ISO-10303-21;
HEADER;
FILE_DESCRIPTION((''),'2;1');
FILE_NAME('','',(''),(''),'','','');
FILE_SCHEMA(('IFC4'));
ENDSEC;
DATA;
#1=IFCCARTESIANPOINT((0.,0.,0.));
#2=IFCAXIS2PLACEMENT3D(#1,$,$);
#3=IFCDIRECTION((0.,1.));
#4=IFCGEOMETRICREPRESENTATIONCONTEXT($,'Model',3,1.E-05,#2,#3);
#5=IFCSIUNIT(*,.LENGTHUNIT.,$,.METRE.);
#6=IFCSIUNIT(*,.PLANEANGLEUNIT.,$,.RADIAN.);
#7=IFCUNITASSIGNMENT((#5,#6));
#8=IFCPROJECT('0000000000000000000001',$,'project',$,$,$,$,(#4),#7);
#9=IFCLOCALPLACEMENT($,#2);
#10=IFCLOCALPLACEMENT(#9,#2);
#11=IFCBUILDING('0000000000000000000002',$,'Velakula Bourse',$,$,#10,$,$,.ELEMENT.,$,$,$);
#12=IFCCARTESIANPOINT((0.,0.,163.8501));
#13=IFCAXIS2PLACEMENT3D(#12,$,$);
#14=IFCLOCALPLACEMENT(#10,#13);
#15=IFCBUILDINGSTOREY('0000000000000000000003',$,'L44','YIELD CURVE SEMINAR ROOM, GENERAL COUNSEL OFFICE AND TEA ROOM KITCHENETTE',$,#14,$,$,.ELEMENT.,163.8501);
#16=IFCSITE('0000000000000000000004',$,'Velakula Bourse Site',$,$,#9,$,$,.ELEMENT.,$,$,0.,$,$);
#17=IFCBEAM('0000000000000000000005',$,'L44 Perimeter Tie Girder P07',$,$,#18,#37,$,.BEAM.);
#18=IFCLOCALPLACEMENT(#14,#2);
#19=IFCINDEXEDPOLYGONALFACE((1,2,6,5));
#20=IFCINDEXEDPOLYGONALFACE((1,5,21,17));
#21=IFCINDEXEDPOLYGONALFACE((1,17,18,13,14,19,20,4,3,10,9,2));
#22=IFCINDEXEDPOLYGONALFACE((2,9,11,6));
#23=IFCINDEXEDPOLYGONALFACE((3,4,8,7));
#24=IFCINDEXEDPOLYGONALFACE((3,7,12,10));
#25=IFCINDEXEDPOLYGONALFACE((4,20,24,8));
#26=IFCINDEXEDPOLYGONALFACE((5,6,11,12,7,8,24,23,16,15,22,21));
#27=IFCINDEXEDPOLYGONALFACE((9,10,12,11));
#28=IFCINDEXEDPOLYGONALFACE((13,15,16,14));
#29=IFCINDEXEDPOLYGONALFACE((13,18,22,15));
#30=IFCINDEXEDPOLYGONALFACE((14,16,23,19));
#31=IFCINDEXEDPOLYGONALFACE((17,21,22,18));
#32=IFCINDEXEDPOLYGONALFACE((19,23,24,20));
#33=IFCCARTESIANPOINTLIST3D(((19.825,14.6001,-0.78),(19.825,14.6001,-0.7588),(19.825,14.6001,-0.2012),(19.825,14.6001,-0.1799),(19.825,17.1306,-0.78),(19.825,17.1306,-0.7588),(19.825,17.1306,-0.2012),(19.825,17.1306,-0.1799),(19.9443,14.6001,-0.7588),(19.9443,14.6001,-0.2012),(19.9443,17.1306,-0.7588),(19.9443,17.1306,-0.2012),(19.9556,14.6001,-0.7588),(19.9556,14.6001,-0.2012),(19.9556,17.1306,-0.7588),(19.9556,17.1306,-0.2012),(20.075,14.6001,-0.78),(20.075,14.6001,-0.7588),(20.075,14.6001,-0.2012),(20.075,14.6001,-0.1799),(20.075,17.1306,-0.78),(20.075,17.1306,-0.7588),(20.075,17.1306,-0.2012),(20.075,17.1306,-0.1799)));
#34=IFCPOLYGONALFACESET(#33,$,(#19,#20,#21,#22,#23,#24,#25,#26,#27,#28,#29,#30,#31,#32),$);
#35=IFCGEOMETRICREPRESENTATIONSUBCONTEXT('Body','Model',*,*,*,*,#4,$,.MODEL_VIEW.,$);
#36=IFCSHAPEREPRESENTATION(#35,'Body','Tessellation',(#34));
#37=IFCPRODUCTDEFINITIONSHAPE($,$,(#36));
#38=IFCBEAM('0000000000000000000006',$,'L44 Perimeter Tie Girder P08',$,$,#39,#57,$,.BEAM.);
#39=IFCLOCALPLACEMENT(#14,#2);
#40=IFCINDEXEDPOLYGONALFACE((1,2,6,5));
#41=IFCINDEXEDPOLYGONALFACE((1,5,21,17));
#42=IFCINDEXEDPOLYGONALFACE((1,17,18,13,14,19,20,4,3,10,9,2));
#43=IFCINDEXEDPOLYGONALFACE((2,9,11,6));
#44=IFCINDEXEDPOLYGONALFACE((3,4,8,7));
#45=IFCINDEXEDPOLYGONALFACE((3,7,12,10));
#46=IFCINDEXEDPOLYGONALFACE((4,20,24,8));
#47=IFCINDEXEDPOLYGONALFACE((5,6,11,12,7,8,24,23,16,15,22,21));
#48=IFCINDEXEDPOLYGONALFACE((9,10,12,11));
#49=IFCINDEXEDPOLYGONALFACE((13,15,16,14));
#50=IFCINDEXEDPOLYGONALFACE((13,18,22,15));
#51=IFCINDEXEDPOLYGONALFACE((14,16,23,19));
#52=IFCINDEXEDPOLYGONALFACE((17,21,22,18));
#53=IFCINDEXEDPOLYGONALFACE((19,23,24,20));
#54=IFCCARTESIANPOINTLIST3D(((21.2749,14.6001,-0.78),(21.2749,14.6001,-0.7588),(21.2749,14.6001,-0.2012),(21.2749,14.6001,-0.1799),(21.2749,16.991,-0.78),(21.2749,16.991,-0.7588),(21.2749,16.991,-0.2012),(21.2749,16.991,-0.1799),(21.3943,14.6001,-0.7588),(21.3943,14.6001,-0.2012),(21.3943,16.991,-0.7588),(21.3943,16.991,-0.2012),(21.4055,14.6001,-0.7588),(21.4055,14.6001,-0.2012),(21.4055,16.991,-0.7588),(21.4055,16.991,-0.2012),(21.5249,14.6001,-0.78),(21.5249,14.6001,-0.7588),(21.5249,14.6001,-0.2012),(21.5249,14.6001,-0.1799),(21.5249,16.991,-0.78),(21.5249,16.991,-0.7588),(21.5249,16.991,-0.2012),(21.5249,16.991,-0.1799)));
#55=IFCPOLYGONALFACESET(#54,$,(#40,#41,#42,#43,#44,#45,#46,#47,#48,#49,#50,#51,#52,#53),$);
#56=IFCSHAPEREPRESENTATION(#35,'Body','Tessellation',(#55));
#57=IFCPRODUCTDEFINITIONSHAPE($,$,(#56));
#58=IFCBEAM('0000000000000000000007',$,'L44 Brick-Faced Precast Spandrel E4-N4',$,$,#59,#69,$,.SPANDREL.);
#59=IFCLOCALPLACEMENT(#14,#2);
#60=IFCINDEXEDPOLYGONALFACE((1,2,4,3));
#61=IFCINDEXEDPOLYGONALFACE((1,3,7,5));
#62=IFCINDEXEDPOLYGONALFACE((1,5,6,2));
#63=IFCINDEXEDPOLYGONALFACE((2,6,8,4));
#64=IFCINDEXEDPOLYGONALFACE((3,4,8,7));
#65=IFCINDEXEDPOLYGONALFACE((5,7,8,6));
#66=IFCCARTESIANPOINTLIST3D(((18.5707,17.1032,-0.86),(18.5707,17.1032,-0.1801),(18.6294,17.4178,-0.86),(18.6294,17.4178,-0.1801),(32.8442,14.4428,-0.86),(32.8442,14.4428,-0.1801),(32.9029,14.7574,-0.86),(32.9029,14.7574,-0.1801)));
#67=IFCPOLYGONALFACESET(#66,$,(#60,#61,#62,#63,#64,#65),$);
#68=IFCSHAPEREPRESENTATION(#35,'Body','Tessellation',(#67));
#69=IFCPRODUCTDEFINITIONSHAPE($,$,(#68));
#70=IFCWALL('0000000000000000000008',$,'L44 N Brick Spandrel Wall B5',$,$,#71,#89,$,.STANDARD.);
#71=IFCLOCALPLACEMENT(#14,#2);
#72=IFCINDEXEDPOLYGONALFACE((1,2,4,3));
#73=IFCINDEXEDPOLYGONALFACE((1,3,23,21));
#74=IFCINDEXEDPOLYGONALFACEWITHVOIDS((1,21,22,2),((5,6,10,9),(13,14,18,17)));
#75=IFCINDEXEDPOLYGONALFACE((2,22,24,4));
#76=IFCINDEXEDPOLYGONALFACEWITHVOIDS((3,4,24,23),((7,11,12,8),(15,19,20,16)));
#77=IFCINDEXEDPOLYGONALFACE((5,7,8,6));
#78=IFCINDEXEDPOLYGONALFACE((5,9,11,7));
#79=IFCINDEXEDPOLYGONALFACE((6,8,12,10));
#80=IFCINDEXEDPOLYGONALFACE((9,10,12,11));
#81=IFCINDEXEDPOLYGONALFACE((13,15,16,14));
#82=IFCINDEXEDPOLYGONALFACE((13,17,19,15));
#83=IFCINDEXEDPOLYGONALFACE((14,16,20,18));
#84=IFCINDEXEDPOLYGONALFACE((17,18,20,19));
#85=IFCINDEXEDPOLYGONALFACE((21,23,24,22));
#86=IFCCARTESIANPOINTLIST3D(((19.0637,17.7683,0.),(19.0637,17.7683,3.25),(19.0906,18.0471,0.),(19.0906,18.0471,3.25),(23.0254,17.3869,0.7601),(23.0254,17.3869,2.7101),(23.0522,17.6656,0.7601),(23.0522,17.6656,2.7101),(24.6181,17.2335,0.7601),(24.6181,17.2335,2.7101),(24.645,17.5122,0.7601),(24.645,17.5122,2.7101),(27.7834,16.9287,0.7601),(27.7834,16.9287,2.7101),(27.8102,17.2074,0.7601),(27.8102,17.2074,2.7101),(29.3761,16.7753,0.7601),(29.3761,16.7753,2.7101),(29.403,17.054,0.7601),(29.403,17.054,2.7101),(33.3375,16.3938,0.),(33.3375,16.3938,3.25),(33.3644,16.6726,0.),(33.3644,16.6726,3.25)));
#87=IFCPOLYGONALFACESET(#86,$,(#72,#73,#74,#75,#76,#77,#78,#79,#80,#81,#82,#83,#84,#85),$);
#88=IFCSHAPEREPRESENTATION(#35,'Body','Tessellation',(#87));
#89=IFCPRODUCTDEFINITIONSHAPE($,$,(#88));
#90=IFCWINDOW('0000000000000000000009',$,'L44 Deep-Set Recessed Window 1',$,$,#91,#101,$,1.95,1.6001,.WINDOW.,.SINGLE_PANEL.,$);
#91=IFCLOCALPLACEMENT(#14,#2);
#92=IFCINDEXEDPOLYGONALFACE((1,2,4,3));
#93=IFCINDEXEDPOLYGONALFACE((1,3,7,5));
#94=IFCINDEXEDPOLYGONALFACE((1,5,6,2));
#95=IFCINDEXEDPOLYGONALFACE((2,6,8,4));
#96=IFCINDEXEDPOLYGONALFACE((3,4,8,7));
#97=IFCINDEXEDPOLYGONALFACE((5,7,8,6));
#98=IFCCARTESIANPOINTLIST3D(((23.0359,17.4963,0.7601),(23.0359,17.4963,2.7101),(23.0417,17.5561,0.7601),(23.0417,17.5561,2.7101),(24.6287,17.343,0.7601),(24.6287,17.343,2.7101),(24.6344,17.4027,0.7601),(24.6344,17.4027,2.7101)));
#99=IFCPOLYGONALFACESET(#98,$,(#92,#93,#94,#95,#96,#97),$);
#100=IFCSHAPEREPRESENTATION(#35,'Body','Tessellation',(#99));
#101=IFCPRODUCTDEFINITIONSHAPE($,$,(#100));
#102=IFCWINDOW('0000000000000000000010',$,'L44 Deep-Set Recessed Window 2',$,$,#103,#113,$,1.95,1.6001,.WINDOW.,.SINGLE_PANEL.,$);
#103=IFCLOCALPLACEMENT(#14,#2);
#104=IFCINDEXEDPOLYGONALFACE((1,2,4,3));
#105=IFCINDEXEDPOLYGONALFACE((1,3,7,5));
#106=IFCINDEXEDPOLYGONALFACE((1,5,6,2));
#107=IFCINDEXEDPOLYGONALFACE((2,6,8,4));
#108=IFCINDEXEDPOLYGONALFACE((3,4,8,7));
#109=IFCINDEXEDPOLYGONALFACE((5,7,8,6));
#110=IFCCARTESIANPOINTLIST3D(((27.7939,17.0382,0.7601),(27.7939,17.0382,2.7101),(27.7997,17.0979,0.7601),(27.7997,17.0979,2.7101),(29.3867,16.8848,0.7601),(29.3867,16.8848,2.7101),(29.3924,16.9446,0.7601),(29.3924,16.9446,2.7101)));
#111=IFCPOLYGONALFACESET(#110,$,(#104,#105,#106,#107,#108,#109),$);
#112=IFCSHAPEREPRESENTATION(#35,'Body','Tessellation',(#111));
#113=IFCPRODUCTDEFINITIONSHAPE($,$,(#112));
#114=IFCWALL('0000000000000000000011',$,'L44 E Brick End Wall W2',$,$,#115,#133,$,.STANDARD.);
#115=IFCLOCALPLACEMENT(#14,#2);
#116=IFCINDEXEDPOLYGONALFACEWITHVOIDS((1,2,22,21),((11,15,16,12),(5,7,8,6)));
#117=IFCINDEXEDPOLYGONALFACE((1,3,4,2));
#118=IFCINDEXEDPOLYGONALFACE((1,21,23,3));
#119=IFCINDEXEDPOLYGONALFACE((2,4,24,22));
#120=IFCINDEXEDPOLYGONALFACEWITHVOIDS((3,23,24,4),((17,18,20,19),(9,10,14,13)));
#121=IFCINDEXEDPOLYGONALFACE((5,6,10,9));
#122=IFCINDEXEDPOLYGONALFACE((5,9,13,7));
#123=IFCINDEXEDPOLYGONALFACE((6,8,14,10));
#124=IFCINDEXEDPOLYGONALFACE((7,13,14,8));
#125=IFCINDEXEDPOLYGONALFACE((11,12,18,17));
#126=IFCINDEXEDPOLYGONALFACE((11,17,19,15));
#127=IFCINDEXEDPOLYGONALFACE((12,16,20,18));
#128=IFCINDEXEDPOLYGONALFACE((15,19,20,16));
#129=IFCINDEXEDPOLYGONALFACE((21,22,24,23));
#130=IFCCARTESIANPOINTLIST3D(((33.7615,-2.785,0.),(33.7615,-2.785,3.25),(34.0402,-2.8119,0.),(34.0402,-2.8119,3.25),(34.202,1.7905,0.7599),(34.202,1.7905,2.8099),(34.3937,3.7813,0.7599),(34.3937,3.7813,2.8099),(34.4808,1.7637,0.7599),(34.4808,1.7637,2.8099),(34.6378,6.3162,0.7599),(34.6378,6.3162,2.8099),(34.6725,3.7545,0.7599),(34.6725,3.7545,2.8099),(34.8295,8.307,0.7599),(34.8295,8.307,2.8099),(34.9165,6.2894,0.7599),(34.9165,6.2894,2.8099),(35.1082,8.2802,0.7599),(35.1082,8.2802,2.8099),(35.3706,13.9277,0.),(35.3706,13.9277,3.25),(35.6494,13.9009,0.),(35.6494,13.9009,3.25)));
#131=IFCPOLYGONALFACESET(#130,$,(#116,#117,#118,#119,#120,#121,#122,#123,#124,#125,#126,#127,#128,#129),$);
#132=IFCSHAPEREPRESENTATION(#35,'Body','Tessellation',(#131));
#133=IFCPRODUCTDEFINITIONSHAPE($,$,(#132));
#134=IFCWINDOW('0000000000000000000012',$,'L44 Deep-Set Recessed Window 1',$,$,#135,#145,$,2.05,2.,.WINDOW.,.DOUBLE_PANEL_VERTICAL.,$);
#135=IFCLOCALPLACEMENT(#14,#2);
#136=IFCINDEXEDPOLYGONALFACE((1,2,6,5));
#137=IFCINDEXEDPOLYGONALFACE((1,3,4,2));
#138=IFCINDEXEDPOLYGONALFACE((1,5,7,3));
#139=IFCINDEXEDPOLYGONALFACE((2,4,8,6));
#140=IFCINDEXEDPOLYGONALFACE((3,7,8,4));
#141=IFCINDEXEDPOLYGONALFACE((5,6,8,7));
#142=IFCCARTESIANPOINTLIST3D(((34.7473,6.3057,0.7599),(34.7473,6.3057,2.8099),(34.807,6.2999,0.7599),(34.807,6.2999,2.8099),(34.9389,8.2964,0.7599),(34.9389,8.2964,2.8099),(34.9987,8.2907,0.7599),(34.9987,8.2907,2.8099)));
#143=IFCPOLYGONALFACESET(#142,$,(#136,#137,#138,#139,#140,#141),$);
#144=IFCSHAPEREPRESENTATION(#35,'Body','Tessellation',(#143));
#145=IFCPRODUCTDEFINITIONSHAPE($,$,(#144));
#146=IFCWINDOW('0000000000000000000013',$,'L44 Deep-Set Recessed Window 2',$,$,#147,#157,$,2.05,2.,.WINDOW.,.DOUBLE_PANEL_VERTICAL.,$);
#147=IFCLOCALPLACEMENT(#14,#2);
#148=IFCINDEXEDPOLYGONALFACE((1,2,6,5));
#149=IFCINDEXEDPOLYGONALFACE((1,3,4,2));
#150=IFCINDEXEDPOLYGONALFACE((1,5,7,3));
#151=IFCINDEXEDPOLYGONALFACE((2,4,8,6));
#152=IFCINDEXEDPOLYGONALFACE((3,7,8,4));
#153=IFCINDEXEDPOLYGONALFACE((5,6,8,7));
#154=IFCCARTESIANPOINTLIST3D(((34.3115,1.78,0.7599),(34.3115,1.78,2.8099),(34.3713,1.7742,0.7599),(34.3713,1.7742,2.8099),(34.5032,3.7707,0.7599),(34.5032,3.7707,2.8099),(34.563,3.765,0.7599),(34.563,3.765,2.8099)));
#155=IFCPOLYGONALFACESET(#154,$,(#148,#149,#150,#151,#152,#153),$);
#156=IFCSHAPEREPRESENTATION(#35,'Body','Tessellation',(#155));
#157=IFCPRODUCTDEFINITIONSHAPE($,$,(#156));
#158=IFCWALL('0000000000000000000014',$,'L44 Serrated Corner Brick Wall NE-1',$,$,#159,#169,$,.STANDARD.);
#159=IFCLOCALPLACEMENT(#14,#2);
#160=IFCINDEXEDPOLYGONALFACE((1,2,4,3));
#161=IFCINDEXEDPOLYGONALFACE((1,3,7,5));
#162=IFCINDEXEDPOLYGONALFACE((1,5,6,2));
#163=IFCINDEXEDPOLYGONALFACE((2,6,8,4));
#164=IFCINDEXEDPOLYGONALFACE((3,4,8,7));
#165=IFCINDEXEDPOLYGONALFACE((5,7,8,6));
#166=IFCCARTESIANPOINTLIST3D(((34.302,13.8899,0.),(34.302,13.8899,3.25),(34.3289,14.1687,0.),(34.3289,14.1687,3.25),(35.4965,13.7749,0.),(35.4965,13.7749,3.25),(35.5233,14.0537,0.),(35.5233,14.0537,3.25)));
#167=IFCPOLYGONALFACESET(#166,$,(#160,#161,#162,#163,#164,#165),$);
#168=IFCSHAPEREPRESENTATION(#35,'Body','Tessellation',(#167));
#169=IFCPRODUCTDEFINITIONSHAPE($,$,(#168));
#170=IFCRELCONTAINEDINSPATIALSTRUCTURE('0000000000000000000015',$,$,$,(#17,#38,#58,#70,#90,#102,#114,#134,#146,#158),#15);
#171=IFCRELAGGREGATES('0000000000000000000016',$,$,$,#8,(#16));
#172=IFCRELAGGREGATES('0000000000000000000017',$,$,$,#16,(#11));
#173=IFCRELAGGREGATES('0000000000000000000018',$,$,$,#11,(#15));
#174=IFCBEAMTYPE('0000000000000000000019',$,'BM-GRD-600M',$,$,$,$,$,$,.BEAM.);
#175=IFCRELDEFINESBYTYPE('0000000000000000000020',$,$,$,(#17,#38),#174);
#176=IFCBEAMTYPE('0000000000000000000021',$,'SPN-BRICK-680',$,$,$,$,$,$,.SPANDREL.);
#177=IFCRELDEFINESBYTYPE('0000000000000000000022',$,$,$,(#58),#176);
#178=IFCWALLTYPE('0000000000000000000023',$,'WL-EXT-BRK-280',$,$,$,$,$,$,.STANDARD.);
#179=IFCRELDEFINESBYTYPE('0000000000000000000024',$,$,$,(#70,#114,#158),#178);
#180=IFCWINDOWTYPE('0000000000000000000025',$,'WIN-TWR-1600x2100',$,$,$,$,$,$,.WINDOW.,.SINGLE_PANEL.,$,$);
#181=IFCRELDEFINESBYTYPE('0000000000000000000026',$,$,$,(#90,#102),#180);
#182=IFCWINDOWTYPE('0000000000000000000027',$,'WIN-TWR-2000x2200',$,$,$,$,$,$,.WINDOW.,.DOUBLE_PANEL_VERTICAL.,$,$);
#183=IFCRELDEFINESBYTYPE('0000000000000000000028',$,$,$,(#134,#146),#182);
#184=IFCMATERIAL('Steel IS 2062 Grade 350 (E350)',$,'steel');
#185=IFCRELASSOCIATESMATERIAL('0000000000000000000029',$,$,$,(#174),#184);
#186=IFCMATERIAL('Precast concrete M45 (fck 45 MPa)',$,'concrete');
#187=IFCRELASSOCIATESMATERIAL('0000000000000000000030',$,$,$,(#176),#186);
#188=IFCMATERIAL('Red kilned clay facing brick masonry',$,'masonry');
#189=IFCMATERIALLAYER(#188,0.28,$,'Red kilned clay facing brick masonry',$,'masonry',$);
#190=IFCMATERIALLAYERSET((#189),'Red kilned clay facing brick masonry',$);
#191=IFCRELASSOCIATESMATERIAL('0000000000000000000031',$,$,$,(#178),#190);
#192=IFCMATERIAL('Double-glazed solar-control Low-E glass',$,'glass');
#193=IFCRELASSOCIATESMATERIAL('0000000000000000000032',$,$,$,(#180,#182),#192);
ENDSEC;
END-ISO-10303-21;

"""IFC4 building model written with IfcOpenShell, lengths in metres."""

from ifc_helpers import new_model, si_unit, direction, frame, frame_2d, origin, origin_2d, place, context, subcontext, project, spatial, rectangle, i_section, extrude, material, layer, layer_set, material_profile, profile_set, type_object, element, fill, save


model = new_model("IFC4")

# Units and contexts
model_context = context("Model", 3, precision=1e-05, world=origin(), true_north=direction((0.0, 1.0)))
body_context = subcontext(model_context, "Body", "Model", "MODEL_VIEW")
ifc_project = project(units=[si_unit("LENGTHUNIT", "METRE"), si_unit("PLANEANGLEUNIT", "RADIAN")], contexts=[model_context])

# Site, building, storey
site_placement = place(None, origin())
site = spatial("IfcSite", under=ifc_project, at=site_placement, Name="Velakula Bourse Site", CompositionType="ELEMENT", RefElevation=0.0)
building_placement = place(site_placement, origin())
building = spatial("IfcBuilding", under=site, at=building_placement, Name="Velakula Bourse", CompositionType="ELEMENT")
storey_placement = place(building_placement, frame((0.0, 0.0, 163.8501)))
storey = spatial("IfcBuildingStorey", under=building, at=storey_placement, Name="L44", Description="YIELD CURVE SEMINAR ROOM, GENERAL COUNSEL OFFICE AND TEA ROOM KITCHENETTE", CompositionType="ELEMENT", Elevation=163.8501)

# Shared definitions
ifc_material_1 = material(Name="Steel IS 2062 Grade 350 (E350)", Category="steel")
ifc_material_2 = material(Name="Precast concrete M45 (fck 45 MPa)", Category="concrete")

# Beams
ifc_material_profile_1 = material_profile(ifc_material_1, i_section(OverallWidth=0.25, OverallDepth=0.6001, WebThickness=0.0112, FlangeThickness=0.0212, at=origin_2d()), Name="Steel IS 2062 Grade 350 (E350)")
ifc_profile_set_1 = profile_set([ifc_material_profile_1], Name="Steel IS 2062 Grade 350 (E350)")
beam_type_1 = type_object("IfcBeamType", Name="BM-GRD-600M", PredefinedType="BEAM", material=ifc_profile_set_1)
beam_1_placement = place(storey_placement, frame((19.95, 14.6001, -0.48), z_axis=(0.0, 1.0, 0.0), x_axis=(-1.0, 0.0, 0.0)))
element("IfcBeam", 1, at=beam_1_placement, inside=storey, type_object=beam_type_1, Name="L44 Perimeter Tie Girder P07", PredefinedType="BEAM", context=body_context, shape_type="SweptSolid", body=[
    extrude(i_section(OverallWidth=0.25, OverallDepth=0.6001, WebThickness=0.0112, FlangeThickness=0.0212, at=origin_2d()), origin(), (0.0, 0.0, 1.0), 2.5305),
])
beam_2_placement = place(storey_placement, frame((21.3999, 14.6001, -0.48), z_axis=(0.0, 1.0, 0.0), x_axis=(-1.0, 0.0, 0.0)))
element("IfcBeam", 2, at=beam_2_placement, inside=storey, type_object=beam_type_1, Name="L44 Perimeter Tie Girder P08", PredefinedType="BEAM", context=body_context, shape_type="SweptSolid", body=[
    extrude(i_section(OverallWidth=0.25, OverallDepth=0.6001, WebThickness=0.0112, FlangeThickness=0.0212, at=origin_2d()), origin(), (0.0, 0.0, 1.0), 2.3909),
])
ifc_material_profile_2 = material_profile(ifc_material_2, rectangle(XDim=0.3201, YDim=0.6799, at=origin_2d()), Name="Precast concrete M45 (fck 45 MPa)")
ifc_profile_set_2 = profile_set([ifc_material_profile_2], Name="Precast concrete M45 (fck 45 MPa)")
beam_type_2 = type_object("IfcBeamType", Name="SPN-BRICK-680", PredefinedType="SPANDREL", material=ifc_profile_set_2)
beam_3_placement = place(storey_placement, frame((32.8735, 14.6001, -0.52), z_axis=(-0.98307, 0.183233, 0.0), x_axis=(-0.183233, -0.98307, 0.0)))
element("IfcBeam", 3, at=beam_3_placement, inside=storey, type_object=beam_type_2, Name="L44 Brick-Faced Precast Spandrel E4-N4", PredefinedType="SPANDREL", context=body_context, shape_type="SweptSolid", body=[
    extrude(rectangle(XDim=0.3201, YDim=0.6799, at=origin_2d()), origin(), (0.0, 0.0, 1.0), 14.5193),
])

# Walls, openings, windows
ifc_material_3 = material(Name="Red kilned clay facing brick masonry", Category="masonry")
ifc_layer = layer(ifc_material_3, 0.28, Name="Red kilned clay facing brick masonry", Category="masonry")
ifc_layer_set = layer_set([ifc_layer], Name="Red kilned clay facing brick masonry")
wall_type = type_object("IfcWallType", Name="WL-EXT-BRK-280", PredefinedType="STANDARD", material=ifc_layer_set)
wall_1_placement = place(storey_placement, frame((19.0771, 17.9077, 0.0), z_axis=(0.0, 0.0, 1.0), x_axis=(0.995396, -0.095852, 0.0)))
wall_1 = element("IfcWall", 4, at=wall_1_placement, inside=storey, type_object=wall_type, Name="L44 N Brick Spandrel Wall B5", PredefinedType="STANDARD", context=body_context, shape_type="SweptSolid", body=[
    extrude(rectangle(XDim=14.3398, YDim=0.28, at=frame_2d((7.1699, 0.0))), origin(), (0.0, 0.0, 1.0), 3.25),
])
opening_1_placement = place(wall_1_placement, frame((3.98, 0.0, 0.76)))
opening_1 = element("IfcOpeningElement", 5, at=opening_1_placement, cuts=wall_1, PredefinedType="OPENING", context=body_context, shape_type="SweptSolid", body=[
    extrude(rectangle(XDim=1.6001, YDim=1.95, at=frame_2d((0.8, 0.9751))), frame((0.0, 0.1499, 0.0), z_axis=(0.0, -1.0, 0.0), x_axis=(1.0, 0.0, 0.0)), (0.0, 0.0, 1.0), 0.3),
])
opening_2_placement = place(wall_1_placement, frame((8.76, 0.0, 0.76)))
opening_2 = element("IfcOpeningElement", 6, at=opening_2_placement, cuts=wall_1, PredefinedType="OPENING", context=body_context, shape_type="SweptSolid", body=[
    extrude(rectangle(XDim=1.6001, YDim=1.95, at=frame_2d((0.8, 0.9751))), frame((0.0, 0.1499, 0.0), z_axis=(0.0, -1.0, 0.0), x_axis=(1.0, 0.0, 0.0)), (0.0, 0.0, 1.0), 0.3),
])
ifc_material_4 = material(Name="Double-glazed solar-control Low-E glass", Category="glass")
window_type_1 = type_object("IfcWindowType", Name="WIN-TWR-1600x2100", PartitioningType="SINGLE_PANEL", PredefinedType="WINDOW", material=ifc_material_4)
window_1_placement = place(opening_1_placement, origin())
window_1 = element("IfcWindow", 7, at=window_1_placement, inside=storey, type_object=window_type_1, Name="L44 Deep-Set Recessed Window 1", OverallHeight=1.95, OverallWidth=1.6001, PartitioningType="SINGLE_PANEL", PredefinedType="WINDOW", context=body_context, shape_type="SweptSolid", body=[
    extrude(rectangle(XDim=1.6001, YDim=1.95, at=frame_2d((0.8, 0.9751))), frame((0.0, 0.03, 0.0), z_axis=(0.0, -1.0, 0.0), x_axis=(1.0, 0.0, 0.0)), (0.0, 0.0, 1.0), 0.0601),
])
fill(opening_1, window_1)
window_2_placement = place(opening_2_placement, origin())
window_2 = element("IfcWindow", 8, at=window_2_placement, inside=storey, type_object=window_type_1, Name="L44 Deep-Set Recessed Window 2", OverallHeight=1.95, OverallWidth=1.6001, PartitioningType="SINGLE_PANEL", PredefinedType="WINDOW", context=body_context, shape_type="SweptSolid", body=[
    extrude(rectangle(XDim=1.6001, YDim=1.95, at=frame_2d((0.8, 0.9751))), frame((0.0, 0.03, 0.0), z_axis=(0.0, -1.0, 0.0), x_axis=(1.0, 0.0, 0.0)), (0.0, 0.0, 1.0), 0.0601),
])
fill(opening_2, window_2)
wall_2_placement = place(storey_placement, frame((35.51, 13.9143, 0.0), z_axis=(0.0, 0.0, 1.0), x_axis=(-0.095839, -0.995397, 0.0)))
wall_2 = element("IfcWall", 9, at=wall_2_placement, inside=storey, type_object=wall_type, Name="L44 E Brick End Wall W2", PredefinedType="STANDARD", context=body_context, shape_type="SweptSolid", body=[
    extrude(rectangle(XDim=16.79, YDim=0.28, at=frame_2d((8.395, 0.0))), origin(), (0.0, 0.0, 1.0), 3.25),
])
opening_3_placement = place(wall_2_placement, frame((5.6467, 0.0, 0.76)))
opening_3 = element("IfcOpeningElement", 10, at=opening_3_placement, cuts=wall_2, PredefinedType="OPENING", context=body_context, shape_type="SweptSolid", body=[
    extrude(rectangle(XDim=2.0, YDim=2.05, at=frame_2d((1.0, 1.0249))), frame((0.0, 0.1499, 0.0), z_axis=(0.0, -1.0, 0.0), x_axis=(1.0, 0.0, 0.0)), (0.0, 0.0, 1.0), 0.3),
])
opening_4_placement = place(wall_2_placement, frame((10.1934, 0.0, 0.76)))
opening_4 = element("IfcOpeningElement", 11, at=opening_4_placement, cuts=wall_2, PredefinedType="OPENING", context=body_context, shape_type="SweptSolid", body=[
    extrude(rectangle(XDim=2.0, YDim=2.05, at=frame_2d((1.0, 1.0249))), frame((0.0, 0.1499, 0.0), z_axis=(0.0, -1.0, 0.0), x_axis=(1.0, 0.0, 0.0)), (0.0, 0.0, 1.0), 0.3),
])
window_type_2 = type_object("IfcWindowType", Name="WIN-TWR-2000x2200", PartitioningType="DOUBLE_PANEL_VERTICAL", PredefinedType="WINDOW", material=ifc_material_4)
window_3_placement = place(opening_3_placement, origin())
window_3 = element("IfcWindow", 12, at=window_3_placement, inside=storey, type_object=window_type_2, Name="L44 Deep-Set Recessed Window 1", OverallHeight=2.05, OverallWidth=2.0, PartitioningType="DOUBLE_PANEL_VERTICAL", PredefinedType="WINDOW", context=body_context, shape_type="SweptSolid", body=[
    extrude(rectangle(XDim=2.0, YDim=2.05, at=frame_2d((1.0, 1.0249))), frame((0.0, 0.03, 0.0), z_axis=(0.0, -1.0, 0.0), x_axis=(1.0, 0.0, 0.0)), (0.0, 0.0, 1.0), 0.0601),
])
fill(opening_3, window_3)
window_4_placement = place(opening_4_placement, origin())
window_4 = element("IfcWindow", 13, at=window_4_placement, inside=storey, type_object=window_type_2, Name="L44 Deep-Set Recessed Window 2", OverallHeight=2.05, OverallWidth=2.0, PartitioningType="DOUBLE_PANEL_VERTICAL", PredefinedType="WINDOW", context=body_context, shape_type="SweptSolid", body=[
    extrude(rectangle(XDim=2.0, YDim=2.05, at=frame_2d((1.0, 1.0249))), frame((0.0, 0.03, 0.0), z_axis=(0.0, -1.0, 0.0), x_axis=(1.0, 0.0, 0.0)), (0.0, 0.0, 1.0), 0.0601),
])
fill(opening_4, window_4)

# Wall
wall_3_placement = place(storey_placement, frame((35.51, 13.9143, 0.0), z_axis=(0.0, 0.0, 1.0), x_axis=(-0.995397, 0.095836, 0.0)))
element("IfcWall", 14, at=wall_3_placement, inside=storey, type_object=wall_type, Name="L44 Serrated Corner Brick Wall NE-1", PredefinedType="STANDARD", context=body_context, shape_type="SweptSolid", body=[
    extrude(rectangle(XDim=1.2, YDim=0.28, at=frame_2d((0.6001, 0.0))), origin(), (0.0, 0.0, 1.0), 3.25),
])

save(model, "model.ifc")
